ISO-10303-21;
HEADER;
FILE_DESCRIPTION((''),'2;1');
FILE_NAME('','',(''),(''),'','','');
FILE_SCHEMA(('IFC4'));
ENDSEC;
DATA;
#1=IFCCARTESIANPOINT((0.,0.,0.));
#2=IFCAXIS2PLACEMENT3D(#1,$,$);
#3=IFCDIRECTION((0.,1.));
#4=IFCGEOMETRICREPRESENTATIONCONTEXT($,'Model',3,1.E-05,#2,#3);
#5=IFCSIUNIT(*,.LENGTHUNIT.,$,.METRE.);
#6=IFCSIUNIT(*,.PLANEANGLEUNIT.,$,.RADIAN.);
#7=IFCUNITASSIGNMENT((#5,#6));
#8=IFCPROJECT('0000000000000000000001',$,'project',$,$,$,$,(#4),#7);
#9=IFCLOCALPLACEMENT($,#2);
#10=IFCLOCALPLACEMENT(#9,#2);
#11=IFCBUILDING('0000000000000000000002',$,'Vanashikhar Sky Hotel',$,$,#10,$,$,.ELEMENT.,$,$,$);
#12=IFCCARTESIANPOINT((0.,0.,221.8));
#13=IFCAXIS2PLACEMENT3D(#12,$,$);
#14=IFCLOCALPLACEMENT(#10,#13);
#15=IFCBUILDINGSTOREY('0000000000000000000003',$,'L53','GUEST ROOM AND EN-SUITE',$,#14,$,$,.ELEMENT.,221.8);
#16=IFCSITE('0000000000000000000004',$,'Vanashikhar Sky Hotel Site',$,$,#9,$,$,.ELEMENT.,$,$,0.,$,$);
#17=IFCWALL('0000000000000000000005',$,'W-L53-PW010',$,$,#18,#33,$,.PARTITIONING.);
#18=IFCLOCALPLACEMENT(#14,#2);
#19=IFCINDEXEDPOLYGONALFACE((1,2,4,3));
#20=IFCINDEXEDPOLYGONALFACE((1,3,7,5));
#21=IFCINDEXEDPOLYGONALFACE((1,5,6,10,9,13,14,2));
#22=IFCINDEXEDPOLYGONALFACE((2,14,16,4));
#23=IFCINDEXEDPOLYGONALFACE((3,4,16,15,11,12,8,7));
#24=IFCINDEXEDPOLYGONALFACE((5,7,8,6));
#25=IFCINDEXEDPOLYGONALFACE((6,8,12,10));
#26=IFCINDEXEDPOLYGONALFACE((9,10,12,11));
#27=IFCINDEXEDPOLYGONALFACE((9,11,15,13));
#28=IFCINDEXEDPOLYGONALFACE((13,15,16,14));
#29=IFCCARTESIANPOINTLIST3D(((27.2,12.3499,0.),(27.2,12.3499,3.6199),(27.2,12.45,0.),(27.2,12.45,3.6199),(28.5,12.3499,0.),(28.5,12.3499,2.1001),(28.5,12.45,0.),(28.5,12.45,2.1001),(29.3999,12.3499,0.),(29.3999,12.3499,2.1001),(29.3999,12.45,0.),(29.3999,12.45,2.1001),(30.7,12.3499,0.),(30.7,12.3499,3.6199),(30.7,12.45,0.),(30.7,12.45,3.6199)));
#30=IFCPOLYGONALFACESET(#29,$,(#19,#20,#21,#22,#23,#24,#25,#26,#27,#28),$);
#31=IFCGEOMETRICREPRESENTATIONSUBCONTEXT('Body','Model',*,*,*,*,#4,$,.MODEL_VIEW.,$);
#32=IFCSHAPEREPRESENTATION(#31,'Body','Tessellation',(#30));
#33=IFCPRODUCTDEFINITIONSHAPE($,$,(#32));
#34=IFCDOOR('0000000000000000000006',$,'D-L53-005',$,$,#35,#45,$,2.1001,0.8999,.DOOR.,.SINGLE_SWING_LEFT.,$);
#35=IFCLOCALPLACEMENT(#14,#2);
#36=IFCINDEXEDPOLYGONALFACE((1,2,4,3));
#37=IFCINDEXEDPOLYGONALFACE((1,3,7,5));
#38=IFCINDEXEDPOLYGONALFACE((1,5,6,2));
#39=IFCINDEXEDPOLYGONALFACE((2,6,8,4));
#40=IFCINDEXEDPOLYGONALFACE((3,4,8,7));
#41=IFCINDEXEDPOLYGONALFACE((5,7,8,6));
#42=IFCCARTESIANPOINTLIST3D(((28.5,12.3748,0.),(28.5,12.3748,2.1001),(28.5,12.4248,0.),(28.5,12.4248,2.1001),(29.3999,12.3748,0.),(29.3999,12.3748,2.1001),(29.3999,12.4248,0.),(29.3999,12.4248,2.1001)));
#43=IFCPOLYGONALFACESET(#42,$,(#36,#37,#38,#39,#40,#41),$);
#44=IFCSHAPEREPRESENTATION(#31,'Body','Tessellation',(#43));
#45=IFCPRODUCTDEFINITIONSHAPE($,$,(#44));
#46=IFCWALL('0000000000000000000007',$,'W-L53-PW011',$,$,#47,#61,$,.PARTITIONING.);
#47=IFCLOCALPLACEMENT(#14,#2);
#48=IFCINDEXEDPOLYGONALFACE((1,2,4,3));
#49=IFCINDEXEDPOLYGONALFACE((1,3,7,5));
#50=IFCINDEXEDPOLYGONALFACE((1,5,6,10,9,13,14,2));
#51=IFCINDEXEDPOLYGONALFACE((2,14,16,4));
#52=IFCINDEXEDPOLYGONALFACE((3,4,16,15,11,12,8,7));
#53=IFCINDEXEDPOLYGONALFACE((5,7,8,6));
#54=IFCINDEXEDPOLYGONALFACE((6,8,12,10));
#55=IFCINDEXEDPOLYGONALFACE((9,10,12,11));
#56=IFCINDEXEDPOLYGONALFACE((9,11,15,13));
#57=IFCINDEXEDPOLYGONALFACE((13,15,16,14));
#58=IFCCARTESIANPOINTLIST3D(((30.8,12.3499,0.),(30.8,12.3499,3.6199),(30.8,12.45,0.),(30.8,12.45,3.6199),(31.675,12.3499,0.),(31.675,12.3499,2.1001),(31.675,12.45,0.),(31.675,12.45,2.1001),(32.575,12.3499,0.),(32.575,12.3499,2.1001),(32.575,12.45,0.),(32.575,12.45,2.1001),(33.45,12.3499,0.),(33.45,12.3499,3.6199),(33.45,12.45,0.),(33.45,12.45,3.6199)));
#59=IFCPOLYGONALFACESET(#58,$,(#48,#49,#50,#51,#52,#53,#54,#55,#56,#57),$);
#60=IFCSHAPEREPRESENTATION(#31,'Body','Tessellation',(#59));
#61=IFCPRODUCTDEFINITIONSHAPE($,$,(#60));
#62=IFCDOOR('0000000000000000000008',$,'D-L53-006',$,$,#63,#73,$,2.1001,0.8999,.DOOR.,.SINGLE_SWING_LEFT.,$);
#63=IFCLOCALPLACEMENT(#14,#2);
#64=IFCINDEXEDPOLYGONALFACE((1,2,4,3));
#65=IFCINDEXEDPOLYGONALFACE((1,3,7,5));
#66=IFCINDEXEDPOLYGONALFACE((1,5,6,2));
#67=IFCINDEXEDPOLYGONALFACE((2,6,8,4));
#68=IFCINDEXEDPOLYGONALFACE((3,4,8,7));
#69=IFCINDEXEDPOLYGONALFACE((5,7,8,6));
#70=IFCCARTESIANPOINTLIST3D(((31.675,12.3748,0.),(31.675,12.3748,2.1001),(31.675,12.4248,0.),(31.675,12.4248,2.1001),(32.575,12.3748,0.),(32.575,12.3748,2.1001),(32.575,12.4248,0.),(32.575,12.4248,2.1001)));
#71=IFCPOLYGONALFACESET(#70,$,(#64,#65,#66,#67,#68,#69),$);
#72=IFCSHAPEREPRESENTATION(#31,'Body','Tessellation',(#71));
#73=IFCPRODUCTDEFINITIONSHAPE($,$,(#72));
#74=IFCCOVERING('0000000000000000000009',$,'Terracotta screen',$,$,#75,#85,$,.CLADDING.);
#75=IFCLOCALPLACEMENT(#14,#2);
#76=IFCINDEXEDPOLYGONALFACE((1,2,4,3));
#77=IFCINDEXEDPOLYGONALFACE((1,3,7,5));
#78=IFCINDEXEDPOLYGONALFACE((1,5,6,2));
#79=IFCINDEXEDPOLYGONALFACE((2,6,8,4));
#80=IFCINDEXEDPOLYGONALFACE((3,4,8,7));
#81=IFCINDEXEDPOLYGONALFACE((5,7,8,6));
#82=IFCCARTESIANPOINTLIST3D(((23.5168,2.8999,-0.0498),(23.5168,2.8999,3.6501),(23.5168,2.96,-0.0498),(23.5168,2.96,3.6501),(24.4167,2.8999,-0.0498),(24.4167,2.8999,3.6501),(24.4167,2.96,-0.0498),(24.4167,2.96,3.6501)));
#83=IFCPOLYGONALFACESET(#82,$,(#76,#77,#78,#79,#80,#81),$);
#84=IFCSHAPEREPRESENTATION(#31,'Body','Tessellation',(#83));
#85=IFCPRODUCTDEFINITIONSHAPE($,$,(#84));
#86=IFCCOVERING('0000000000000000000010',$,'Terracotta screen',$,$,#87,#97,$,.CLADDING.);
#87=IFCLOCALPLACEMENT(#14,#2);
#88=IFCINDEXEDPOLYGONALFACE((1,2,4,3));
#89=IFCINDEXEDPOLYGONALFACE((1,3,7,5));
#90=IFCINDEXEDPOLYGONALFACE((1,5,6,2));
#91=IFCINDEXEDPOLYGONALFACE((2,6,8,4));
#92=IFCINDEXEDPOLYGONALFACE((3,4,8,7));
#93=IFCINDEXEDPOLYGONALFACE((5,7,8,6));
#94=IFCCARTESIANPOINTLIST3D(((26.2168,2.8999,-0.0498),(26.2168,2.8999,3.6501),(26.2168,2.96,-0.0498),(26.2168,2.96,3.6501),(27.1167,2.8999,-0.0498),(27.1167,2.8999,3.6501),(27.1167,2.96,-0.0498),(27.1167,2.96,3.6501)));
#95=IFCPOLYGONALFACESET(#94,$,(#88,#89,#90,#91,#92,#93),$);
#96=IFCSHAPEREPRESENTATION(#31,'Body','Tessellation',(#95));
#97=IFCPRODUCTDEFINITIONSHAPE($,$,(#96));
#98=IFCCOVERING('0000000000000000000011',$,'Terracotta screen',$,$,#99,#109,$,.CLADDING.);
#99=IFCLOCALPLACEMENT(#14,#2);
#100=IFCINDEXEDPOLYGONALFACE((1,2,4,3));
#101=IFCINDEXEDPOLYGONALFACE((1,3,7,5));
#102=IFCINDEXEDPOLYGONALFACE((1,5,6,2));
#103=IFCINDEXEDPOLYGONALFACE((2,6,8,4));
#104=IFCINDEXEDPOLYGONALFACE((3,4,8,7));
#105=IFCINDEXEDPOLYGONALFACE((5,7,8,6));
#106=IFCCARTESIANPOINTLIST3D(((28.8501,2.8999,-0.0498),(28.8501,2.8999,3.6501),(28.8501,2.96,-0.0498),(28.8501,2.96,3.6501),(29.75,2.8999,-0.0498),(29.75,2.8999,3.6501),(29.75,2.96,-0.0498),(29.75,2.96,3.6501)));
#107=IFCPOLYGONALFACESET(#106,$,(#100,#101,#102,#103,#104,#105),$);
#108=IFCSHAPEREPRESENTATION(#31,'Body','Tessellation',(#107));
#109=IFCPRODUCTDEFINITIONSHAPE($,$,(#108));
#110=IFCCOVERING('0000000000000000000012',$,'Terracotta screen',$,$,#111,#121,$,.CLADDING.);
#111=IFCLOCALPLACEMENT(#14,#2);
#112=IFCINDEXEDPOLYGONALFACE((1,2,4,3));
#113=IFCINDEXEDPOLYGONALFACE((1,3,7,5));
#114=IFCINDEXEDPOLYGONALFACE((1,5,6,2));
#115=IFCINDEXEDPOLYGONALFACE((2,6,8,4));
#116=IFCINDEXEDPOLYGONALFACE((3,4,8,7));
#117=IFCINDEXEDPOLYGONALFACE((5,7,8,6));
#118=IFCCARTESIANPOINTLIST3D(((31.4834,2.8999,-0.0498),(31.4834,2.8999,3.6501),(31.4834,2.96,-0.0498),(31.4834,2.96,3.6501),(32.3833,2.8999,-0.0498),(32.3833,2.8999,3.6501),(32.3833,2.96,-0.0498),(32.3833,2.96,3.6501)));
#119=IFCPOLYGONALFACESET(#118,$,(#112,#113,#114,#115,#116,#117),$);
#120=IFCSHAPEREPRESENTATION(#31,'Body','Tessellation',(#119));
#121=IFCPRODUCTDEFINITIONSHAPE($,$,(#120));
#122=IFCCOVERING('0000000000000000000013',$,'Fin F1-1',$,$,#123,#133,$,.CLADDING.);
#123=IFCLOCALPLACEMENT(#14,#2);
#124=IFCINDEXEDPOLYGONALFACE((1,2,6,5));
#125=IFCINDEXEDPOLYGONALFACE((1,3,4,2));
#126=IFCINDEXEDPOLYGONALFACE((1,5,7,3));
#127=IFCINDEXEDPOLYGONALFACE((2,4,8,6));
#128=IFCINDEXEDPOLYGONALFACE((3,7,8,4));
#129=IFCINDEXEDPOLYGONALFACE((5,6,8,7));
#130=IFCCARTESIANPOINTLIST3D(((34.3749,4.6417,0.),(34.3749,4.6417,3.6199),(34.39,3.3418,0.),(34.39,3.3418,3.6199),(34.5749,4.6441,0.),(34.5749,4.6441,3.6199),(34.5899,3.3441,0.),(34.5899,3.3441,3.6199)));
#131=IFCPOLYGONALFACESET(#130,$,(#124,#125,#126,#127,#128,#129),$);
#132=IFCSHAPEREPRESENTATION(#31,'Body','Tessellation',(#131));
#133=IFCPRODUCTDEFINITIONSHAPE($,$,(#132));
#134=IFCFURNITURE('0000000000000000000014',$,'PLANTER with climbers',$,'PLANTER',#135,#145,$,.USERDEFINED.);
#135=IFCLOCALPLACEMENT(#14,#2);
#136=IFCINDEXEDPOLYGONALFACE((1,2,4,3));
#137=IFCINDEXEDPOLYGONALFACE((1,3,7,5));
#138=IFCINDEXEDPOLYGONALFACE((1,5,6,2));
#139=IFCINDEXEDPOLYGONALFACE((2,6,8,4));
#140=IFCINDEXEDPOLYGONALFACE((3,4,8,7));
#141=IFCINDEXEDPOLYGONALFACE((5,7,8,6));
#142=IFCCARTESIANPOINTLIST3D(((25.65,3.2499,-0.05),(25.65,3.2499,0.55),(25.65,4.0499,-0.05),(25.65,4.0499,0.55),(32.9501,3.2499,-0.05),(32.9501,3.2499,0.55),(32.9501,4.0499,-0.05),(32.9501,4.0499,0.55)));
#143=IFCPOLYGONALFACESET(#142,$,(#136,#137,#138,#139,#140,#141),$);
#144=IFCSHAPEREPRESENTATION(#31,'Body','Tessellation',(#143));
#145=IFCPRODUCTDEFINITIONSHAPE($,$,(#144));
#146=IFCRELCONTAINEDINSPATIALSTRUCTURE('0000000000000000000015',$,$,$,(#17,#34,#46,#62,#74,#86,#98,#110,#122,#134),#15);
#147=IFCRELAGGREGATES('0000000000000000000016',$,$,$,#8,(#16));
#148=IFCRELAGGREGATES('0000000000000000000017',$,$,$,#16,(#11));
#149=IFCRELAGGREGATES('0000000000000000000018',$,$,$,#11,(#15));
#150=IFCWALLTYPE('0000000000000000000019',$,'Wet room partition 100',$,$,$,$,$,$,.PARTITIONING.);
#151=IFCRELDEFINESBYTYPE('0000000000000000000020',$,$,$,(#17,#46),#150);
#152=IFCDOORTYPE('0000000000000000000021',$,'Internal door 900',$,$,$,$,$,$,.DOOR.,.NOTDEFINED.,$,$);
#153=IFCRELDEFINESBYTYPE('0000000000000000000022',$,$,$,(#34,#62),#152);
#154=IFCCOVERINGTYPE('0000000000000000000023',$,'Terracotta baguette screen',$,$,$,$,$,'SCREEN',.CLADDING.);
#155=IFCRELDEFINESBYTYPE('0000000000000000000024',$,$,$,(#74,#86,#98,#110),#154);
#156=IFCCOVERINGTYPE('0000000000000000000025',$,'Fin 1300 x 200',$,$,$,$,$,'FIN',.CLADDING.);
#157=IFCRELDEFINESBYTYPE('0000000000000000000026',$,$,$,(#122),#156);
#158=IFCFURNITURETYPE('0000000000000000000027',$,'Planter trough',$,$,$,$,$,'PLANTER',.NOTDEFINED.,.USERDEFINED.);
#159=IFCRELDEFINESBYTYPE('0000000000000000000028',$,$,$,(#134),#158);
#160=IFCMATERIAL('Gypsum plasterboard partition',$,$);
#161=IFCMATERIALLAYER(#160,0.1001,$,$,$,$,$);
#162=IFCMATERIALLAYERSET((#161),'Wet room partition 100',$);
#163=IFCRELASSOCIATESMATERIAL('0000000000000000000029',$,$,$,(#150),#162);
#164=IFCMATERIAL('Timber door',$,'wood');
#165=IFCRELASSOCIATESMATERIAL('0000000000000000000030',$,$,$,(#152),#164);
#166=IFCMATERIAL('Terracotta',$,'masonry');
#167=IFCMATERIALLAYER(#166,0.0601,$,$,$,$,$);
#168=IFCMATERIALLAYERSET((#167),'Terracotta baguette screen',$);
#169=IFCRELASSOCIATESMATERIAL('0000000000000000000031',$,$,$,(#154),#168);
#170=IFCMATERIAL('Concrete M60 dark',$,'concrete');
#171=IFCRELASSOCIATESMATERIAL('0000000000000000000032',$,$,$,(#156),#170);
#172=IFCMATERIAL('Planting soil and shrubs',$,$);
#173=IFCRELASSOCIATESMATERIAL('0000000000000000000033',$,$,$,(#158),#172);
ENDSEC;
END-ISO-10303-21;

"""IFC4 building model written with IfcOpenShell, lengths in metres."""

from ifc_helpers import new_model, si_unit, direction, frame, frame_2d, origin, origin_2d, place, context, subcontext, project, spatial, rectangle, extrude, source, transform, mapped, material, layer, layer_set, material_profile, profile_set, type_object, element, fill, save


model = new_model("IFC4")

# Units and contexts
model_context = context("Model", 3, precision=1e-05, world=origin(), true_north=direction((0.0, 1.0)))
body_context = subcontext(model_context, "Body", "Model", "MODEL_VIEW")
ifc_project = project(units=[si_unit("LENGTHUNIT", "METRE"), si_unit("PLANEANGLEUNIT", "RADIAN")], contexts=[model_context])

# Site, building, storey
site_placement = place(None, origin())
site = spatial("IfcSite", under=ifc_project, at=site_placement, Name="Vanashikhar Sky Hotel Site", CompositionType="ELEMENT", RefElevation=0.0)
building_placement = place(site_placement, origin())
building = spatial("IfcBuilding", under=site, at=building_placement, Name="Vanashikhar Sky Hotel", CompositionType="ELEMENT")
storey_placement = place(building_placement, frame((0.0, 0.0, 221.8)))
storey = spatial("IfcBuildingStorey", under=building, at=storey_placement, Name="L53", Description="GUEST ROOM AND EN-SUITE", CompositionType="ELEMENT", Elevation=221.8)

# Shared definitions
ifc_material_1 = material(Name="Gypsum plasterboard partition")
ifc_layer_1 = layer(ifc_material_1, 0.1001)
ifc_layer_set_1 = layer_set([ifc_layer_1], Name="Wet room partition 100")
wall_type_1 = type_object("IfcWallType", Name="Wet room partition 100", PredefinedType="PARTITIONING", material=ifc_layer_set_1)

# Walls, openings, doors
shared_shape_1 = source(origin(), body_context, "Body", "SweptSolid", [
    extrude(rectangle(XDim=0.8999, YDim=2.1001, at=frame_2d((0.45, 1.05))), frame((0.0, 0.0601, 0.0), z_axis=(0.0, -1.0, 0.0), x_axis=(1.0, 0.0, 0.0)), (0.0, 0.0, 1.0), 0.1201),
])
ifc_material_2 = material(Name="Timber door", Category="wood")
door_type_1 = type_object("IfcDoorType", Name="Internal door 900", OperationType="NOTDEFINED", PredefinedType="DOOR", material=ifc_material_2)
shared_shape_2 = source(origin(), body_context, "Body", "SweptSolid", [
    extrude(rectangle(XDim=0.8999, YDim=2.1001, at=frame_2d((0.45, 1.05))), frame((0.0, 0.0249, 0.0), z_axis=(0.0, -1.0, 0.0), x_axis=(1.0, 0.0, 0.0)), (0.0, 0.0, 1.0), 0.05),
])
shared_shape_3 = source(origin(), body_context, "Body", "SweptSolid", [
    extrude(rectangle(XDim=3.5, YDim=0.1001, at=frame_2d((1.75, 0.0))), origin(), (0.0, 0.0, 1.0), 3.6199),
])
wall_1_placement = place(storey_placement, frame((27.2, 12.3999, 0.0), z_axis=(0.0, 0.0, 1.0), x_axis=(1.0, 0.0, 0.0)))
wall_1 = element("IfcWall", 1, at=wall_1_placement, inside=storey, type_object=wall_type_1, Name="W-L53-PW010", PredefinedType="PARTITIONING", context=body_context, shape_type="MappedRepresentation", body=[
    mapped(shared_shape_3, transform((0.0, 0.0, 0.0), scale=1.0)),
])
opening_1_placement = place(wall_1_placement, frame((1.3, 0.0, 0.0)))
opening_1 = element("IfcOpeningElement", 2, at=opening_1_placement, cuts=wall_1, PredefinedType="OPENING", context=body_context, shape_type="MappedRepresentation", body=[
    mapped(shared_shape_1, transform((0.0, 0.0, 0.0), scale=1.0)),
])
door_1_placement = place(opening_1_placement, origin())
door_1 = element("IfcDoor", 3, at=door_1_placement, inside=storey, type_object=door_type_1, Name="D-L53-005", OperationType="SINGLE_SWING_LEFT", OverallHeight=2.1001, OverallWidth=0.8999, PredefinedType="DOOR", context=body_context, shape_type="MappedRepresentation", body=[
    mapped(shared_shape_2, transform((0.0, 0.0, 0.0), scale=1.0)),
])
fill(opening_1, door_1)
shared_shape_4 = source(origin(), body_context, "Body", "SweptSolid", [
    extrude(rectangle(XDim=2.6499, YDim=0.1001, at=frame_2d((1.325, 0.0))), origin(), (0.0, 0.0, 1.0), 3.6199),
])
wall_2_placement = place(storey_placement, frame((30.8, 12.3999, 0.0), z_axis=(0.0, 0.0, 1.0), x_axis=(1.0, 0.0, 0.0)))
wall_2 = element("IfcWall", 4, at=wall_2_placement, inside=storey, type_object=wall_type_1, Name="W-L53-PW011", PredefinedType="PARTITIONING", context=body_context, shape_type="MappedRepresentation", body=[
    mapped(shared_shape_4, transform((0.0, 0.0, 0.0), scale=1.0)),
])
opening_2_placement = place(wall_2_placement, frame((0.875, 0.0, 0.0)))
opening_2 = element("IfcOpeningElement", 5, at=opening_2_placement, cuts=wall_2, PredefinedType="OPENING", context=body_context, shape_type="MappedRepresentation", body=[
    mapped(shared_shape_1, transform((0.0, 0.0, 0.0), scale=1.0)),
])
door_2_placement = place(opening_2_placement, origin())
door_2 = element("IfcDoor", 6, at=door_2_placement, inside=storey, type_object=door_type_1, Name="D-L53-006", OperationType="SINGLE_SWING_LEFT", OverallHeight=2.1001, OverallWidth=0.8999, PredefinedType="DOOR", context=body_context, shape_type="MappedRepresentation", body=[
    mapped(shared_shape_2, transform((0.0, 0.0, 0.0), scale=1.0)),
])
fill(opening_2, door_2)

# Coverings
ifc_material_3 = material(Name="Terracotta", Category="masonry")
ifc_layer_2 = layer(ifc_material_3, 0.0601)
ifc_layer_set_2 = layer_set([ifc_layer_2], Name="Terracotta baguette screen")
covering_type_1 = type_object("IfcCoveringType", Name="Terracotta baguette screen", ElementType="SCREEN", PredefinedType="CLADDING", material=ifc_layer_set_2)
shared_shape_5 = source(origin(), body_context, "Body", "SweptSolid", [
    extrude(rectangle(XDim=0.8999, YDim=0.0601, at=origin_2d()), origin(), (0.0, 0.0, 1.0), 3.7),
])
for number, where, z_axis, x_axis, name in (
    (7, (23.9668, 2.9299, -0.0498), (0.0, 0.0, 1.0), (1.0, 0.0, 0.0), "Terracotta screen"),
    (8, (26.6667, 2.9299, -0.0498), (0.0, 0.0, 1.0), (1.0, 0.0, 0.0), "Terracotta screen"),
    (9, (29.3, 2.9299, -0.0498), (0.0, 0.0, 1.0), (1.0, 0.0, 0.0), "Terracotta screen"),
    (10, (31.9333, 2.9299, -0.0498), (0.0, 0.0, 1.0), (1.0, 0.0, 0.0), "Terracotta screen"),
):
    element("IfcCovering", number, at=place(storey_placement, frame(where, z_axis=z_axis, x_axis=x_axis)), inside=storey, type_object=covering_type_1, Name=name, PredefinedType="CLADDING", context=body_context, shape_type="MappedRepresentation", body=[
        mapped(shared_shape_5, transform((0.0, 0.0, 0.0), scale=1.0)),
    ])
ifc_material_4 = material(Name="Concrete M60 dark", Category="concrete")
ifc_material_profile_1 = material_profile(ifc_material_4, rectangle(XDim=1.3, YDim=0.2, at=origin_2d()))
ifc_profile_set_1 = profile_set([ifc_material_profile_1], Name="Fin 1300 x 200")
covering_type_2 = type_object("IfcCoveringType", Name="Fin 1300 x 200", ElementType="FIN", PredefinedType="CLADDING", material=ifc_profile_set_1)
shared_shape_6 = source(origin(), body_context, "Body", "SweptSolid", [
    extrude(rectangle(XDim=1.3, YDim=0.2, at=origin_2d()), origin(), (0.0, 0.0, 1.0), 3.6199),
])
covering_placement = place(storey_placement, frame((34.4824, 3.9929, 0.0), z_axis=(0.0, 0.0, 1.0), x_axis=(0.011589, -0.999933, 0.0)))
element("IfcCovering", 11, at=covering_placement, inside=storey, type_object=covering_type_2, Name="Fin F1-1", PredefinedType="CLADDING", context=body_context, shape_type="MappedRepresentation", body=[
    mapped(shared_shape_6, transform((0.0, 0.0, 0.0), scale=1.0)),
])

# Furniture
ifc_material_5 = material(Name="Planting soil and shrubs")
furniture_type = type_object("IfcFurnitureType", Name="Planter trough", ElementType="PLANTER", AssemblyPlace="NOTDEFINED", PredefinedType="USERDEFINED", material=ifc_material_5)
shared_shape_7 = source(origin(), body_context, "Body", "SweptSolid", [
    extrude(rectangle(XDim=7.3, YDim=0.8, at=origin_2d()), origin(), (0.0, 0.0, 1.0), 0.6001),
])
furniture_placement = place(storey_placement, frame((29.3, 3.6499, -0.05), z_axis=(0.0, 0.0, 1.0), x_axis=(1.0, 0.0, 0.0)))
element("IfcFurniture", 12, at=furniture_placement, inside=storey, type_object=furniture_type, Name="PLANTER with climbers", ObjectType="PLANTER", PredefinedType="USERDEFINED", context=body_context, shape_type="MappedRepresentation", body=[
    mapped(shared_shape_7, transform((0.0, 0.0, 0.0), scale=1.0)),
])

save(model, "model.ifc")
